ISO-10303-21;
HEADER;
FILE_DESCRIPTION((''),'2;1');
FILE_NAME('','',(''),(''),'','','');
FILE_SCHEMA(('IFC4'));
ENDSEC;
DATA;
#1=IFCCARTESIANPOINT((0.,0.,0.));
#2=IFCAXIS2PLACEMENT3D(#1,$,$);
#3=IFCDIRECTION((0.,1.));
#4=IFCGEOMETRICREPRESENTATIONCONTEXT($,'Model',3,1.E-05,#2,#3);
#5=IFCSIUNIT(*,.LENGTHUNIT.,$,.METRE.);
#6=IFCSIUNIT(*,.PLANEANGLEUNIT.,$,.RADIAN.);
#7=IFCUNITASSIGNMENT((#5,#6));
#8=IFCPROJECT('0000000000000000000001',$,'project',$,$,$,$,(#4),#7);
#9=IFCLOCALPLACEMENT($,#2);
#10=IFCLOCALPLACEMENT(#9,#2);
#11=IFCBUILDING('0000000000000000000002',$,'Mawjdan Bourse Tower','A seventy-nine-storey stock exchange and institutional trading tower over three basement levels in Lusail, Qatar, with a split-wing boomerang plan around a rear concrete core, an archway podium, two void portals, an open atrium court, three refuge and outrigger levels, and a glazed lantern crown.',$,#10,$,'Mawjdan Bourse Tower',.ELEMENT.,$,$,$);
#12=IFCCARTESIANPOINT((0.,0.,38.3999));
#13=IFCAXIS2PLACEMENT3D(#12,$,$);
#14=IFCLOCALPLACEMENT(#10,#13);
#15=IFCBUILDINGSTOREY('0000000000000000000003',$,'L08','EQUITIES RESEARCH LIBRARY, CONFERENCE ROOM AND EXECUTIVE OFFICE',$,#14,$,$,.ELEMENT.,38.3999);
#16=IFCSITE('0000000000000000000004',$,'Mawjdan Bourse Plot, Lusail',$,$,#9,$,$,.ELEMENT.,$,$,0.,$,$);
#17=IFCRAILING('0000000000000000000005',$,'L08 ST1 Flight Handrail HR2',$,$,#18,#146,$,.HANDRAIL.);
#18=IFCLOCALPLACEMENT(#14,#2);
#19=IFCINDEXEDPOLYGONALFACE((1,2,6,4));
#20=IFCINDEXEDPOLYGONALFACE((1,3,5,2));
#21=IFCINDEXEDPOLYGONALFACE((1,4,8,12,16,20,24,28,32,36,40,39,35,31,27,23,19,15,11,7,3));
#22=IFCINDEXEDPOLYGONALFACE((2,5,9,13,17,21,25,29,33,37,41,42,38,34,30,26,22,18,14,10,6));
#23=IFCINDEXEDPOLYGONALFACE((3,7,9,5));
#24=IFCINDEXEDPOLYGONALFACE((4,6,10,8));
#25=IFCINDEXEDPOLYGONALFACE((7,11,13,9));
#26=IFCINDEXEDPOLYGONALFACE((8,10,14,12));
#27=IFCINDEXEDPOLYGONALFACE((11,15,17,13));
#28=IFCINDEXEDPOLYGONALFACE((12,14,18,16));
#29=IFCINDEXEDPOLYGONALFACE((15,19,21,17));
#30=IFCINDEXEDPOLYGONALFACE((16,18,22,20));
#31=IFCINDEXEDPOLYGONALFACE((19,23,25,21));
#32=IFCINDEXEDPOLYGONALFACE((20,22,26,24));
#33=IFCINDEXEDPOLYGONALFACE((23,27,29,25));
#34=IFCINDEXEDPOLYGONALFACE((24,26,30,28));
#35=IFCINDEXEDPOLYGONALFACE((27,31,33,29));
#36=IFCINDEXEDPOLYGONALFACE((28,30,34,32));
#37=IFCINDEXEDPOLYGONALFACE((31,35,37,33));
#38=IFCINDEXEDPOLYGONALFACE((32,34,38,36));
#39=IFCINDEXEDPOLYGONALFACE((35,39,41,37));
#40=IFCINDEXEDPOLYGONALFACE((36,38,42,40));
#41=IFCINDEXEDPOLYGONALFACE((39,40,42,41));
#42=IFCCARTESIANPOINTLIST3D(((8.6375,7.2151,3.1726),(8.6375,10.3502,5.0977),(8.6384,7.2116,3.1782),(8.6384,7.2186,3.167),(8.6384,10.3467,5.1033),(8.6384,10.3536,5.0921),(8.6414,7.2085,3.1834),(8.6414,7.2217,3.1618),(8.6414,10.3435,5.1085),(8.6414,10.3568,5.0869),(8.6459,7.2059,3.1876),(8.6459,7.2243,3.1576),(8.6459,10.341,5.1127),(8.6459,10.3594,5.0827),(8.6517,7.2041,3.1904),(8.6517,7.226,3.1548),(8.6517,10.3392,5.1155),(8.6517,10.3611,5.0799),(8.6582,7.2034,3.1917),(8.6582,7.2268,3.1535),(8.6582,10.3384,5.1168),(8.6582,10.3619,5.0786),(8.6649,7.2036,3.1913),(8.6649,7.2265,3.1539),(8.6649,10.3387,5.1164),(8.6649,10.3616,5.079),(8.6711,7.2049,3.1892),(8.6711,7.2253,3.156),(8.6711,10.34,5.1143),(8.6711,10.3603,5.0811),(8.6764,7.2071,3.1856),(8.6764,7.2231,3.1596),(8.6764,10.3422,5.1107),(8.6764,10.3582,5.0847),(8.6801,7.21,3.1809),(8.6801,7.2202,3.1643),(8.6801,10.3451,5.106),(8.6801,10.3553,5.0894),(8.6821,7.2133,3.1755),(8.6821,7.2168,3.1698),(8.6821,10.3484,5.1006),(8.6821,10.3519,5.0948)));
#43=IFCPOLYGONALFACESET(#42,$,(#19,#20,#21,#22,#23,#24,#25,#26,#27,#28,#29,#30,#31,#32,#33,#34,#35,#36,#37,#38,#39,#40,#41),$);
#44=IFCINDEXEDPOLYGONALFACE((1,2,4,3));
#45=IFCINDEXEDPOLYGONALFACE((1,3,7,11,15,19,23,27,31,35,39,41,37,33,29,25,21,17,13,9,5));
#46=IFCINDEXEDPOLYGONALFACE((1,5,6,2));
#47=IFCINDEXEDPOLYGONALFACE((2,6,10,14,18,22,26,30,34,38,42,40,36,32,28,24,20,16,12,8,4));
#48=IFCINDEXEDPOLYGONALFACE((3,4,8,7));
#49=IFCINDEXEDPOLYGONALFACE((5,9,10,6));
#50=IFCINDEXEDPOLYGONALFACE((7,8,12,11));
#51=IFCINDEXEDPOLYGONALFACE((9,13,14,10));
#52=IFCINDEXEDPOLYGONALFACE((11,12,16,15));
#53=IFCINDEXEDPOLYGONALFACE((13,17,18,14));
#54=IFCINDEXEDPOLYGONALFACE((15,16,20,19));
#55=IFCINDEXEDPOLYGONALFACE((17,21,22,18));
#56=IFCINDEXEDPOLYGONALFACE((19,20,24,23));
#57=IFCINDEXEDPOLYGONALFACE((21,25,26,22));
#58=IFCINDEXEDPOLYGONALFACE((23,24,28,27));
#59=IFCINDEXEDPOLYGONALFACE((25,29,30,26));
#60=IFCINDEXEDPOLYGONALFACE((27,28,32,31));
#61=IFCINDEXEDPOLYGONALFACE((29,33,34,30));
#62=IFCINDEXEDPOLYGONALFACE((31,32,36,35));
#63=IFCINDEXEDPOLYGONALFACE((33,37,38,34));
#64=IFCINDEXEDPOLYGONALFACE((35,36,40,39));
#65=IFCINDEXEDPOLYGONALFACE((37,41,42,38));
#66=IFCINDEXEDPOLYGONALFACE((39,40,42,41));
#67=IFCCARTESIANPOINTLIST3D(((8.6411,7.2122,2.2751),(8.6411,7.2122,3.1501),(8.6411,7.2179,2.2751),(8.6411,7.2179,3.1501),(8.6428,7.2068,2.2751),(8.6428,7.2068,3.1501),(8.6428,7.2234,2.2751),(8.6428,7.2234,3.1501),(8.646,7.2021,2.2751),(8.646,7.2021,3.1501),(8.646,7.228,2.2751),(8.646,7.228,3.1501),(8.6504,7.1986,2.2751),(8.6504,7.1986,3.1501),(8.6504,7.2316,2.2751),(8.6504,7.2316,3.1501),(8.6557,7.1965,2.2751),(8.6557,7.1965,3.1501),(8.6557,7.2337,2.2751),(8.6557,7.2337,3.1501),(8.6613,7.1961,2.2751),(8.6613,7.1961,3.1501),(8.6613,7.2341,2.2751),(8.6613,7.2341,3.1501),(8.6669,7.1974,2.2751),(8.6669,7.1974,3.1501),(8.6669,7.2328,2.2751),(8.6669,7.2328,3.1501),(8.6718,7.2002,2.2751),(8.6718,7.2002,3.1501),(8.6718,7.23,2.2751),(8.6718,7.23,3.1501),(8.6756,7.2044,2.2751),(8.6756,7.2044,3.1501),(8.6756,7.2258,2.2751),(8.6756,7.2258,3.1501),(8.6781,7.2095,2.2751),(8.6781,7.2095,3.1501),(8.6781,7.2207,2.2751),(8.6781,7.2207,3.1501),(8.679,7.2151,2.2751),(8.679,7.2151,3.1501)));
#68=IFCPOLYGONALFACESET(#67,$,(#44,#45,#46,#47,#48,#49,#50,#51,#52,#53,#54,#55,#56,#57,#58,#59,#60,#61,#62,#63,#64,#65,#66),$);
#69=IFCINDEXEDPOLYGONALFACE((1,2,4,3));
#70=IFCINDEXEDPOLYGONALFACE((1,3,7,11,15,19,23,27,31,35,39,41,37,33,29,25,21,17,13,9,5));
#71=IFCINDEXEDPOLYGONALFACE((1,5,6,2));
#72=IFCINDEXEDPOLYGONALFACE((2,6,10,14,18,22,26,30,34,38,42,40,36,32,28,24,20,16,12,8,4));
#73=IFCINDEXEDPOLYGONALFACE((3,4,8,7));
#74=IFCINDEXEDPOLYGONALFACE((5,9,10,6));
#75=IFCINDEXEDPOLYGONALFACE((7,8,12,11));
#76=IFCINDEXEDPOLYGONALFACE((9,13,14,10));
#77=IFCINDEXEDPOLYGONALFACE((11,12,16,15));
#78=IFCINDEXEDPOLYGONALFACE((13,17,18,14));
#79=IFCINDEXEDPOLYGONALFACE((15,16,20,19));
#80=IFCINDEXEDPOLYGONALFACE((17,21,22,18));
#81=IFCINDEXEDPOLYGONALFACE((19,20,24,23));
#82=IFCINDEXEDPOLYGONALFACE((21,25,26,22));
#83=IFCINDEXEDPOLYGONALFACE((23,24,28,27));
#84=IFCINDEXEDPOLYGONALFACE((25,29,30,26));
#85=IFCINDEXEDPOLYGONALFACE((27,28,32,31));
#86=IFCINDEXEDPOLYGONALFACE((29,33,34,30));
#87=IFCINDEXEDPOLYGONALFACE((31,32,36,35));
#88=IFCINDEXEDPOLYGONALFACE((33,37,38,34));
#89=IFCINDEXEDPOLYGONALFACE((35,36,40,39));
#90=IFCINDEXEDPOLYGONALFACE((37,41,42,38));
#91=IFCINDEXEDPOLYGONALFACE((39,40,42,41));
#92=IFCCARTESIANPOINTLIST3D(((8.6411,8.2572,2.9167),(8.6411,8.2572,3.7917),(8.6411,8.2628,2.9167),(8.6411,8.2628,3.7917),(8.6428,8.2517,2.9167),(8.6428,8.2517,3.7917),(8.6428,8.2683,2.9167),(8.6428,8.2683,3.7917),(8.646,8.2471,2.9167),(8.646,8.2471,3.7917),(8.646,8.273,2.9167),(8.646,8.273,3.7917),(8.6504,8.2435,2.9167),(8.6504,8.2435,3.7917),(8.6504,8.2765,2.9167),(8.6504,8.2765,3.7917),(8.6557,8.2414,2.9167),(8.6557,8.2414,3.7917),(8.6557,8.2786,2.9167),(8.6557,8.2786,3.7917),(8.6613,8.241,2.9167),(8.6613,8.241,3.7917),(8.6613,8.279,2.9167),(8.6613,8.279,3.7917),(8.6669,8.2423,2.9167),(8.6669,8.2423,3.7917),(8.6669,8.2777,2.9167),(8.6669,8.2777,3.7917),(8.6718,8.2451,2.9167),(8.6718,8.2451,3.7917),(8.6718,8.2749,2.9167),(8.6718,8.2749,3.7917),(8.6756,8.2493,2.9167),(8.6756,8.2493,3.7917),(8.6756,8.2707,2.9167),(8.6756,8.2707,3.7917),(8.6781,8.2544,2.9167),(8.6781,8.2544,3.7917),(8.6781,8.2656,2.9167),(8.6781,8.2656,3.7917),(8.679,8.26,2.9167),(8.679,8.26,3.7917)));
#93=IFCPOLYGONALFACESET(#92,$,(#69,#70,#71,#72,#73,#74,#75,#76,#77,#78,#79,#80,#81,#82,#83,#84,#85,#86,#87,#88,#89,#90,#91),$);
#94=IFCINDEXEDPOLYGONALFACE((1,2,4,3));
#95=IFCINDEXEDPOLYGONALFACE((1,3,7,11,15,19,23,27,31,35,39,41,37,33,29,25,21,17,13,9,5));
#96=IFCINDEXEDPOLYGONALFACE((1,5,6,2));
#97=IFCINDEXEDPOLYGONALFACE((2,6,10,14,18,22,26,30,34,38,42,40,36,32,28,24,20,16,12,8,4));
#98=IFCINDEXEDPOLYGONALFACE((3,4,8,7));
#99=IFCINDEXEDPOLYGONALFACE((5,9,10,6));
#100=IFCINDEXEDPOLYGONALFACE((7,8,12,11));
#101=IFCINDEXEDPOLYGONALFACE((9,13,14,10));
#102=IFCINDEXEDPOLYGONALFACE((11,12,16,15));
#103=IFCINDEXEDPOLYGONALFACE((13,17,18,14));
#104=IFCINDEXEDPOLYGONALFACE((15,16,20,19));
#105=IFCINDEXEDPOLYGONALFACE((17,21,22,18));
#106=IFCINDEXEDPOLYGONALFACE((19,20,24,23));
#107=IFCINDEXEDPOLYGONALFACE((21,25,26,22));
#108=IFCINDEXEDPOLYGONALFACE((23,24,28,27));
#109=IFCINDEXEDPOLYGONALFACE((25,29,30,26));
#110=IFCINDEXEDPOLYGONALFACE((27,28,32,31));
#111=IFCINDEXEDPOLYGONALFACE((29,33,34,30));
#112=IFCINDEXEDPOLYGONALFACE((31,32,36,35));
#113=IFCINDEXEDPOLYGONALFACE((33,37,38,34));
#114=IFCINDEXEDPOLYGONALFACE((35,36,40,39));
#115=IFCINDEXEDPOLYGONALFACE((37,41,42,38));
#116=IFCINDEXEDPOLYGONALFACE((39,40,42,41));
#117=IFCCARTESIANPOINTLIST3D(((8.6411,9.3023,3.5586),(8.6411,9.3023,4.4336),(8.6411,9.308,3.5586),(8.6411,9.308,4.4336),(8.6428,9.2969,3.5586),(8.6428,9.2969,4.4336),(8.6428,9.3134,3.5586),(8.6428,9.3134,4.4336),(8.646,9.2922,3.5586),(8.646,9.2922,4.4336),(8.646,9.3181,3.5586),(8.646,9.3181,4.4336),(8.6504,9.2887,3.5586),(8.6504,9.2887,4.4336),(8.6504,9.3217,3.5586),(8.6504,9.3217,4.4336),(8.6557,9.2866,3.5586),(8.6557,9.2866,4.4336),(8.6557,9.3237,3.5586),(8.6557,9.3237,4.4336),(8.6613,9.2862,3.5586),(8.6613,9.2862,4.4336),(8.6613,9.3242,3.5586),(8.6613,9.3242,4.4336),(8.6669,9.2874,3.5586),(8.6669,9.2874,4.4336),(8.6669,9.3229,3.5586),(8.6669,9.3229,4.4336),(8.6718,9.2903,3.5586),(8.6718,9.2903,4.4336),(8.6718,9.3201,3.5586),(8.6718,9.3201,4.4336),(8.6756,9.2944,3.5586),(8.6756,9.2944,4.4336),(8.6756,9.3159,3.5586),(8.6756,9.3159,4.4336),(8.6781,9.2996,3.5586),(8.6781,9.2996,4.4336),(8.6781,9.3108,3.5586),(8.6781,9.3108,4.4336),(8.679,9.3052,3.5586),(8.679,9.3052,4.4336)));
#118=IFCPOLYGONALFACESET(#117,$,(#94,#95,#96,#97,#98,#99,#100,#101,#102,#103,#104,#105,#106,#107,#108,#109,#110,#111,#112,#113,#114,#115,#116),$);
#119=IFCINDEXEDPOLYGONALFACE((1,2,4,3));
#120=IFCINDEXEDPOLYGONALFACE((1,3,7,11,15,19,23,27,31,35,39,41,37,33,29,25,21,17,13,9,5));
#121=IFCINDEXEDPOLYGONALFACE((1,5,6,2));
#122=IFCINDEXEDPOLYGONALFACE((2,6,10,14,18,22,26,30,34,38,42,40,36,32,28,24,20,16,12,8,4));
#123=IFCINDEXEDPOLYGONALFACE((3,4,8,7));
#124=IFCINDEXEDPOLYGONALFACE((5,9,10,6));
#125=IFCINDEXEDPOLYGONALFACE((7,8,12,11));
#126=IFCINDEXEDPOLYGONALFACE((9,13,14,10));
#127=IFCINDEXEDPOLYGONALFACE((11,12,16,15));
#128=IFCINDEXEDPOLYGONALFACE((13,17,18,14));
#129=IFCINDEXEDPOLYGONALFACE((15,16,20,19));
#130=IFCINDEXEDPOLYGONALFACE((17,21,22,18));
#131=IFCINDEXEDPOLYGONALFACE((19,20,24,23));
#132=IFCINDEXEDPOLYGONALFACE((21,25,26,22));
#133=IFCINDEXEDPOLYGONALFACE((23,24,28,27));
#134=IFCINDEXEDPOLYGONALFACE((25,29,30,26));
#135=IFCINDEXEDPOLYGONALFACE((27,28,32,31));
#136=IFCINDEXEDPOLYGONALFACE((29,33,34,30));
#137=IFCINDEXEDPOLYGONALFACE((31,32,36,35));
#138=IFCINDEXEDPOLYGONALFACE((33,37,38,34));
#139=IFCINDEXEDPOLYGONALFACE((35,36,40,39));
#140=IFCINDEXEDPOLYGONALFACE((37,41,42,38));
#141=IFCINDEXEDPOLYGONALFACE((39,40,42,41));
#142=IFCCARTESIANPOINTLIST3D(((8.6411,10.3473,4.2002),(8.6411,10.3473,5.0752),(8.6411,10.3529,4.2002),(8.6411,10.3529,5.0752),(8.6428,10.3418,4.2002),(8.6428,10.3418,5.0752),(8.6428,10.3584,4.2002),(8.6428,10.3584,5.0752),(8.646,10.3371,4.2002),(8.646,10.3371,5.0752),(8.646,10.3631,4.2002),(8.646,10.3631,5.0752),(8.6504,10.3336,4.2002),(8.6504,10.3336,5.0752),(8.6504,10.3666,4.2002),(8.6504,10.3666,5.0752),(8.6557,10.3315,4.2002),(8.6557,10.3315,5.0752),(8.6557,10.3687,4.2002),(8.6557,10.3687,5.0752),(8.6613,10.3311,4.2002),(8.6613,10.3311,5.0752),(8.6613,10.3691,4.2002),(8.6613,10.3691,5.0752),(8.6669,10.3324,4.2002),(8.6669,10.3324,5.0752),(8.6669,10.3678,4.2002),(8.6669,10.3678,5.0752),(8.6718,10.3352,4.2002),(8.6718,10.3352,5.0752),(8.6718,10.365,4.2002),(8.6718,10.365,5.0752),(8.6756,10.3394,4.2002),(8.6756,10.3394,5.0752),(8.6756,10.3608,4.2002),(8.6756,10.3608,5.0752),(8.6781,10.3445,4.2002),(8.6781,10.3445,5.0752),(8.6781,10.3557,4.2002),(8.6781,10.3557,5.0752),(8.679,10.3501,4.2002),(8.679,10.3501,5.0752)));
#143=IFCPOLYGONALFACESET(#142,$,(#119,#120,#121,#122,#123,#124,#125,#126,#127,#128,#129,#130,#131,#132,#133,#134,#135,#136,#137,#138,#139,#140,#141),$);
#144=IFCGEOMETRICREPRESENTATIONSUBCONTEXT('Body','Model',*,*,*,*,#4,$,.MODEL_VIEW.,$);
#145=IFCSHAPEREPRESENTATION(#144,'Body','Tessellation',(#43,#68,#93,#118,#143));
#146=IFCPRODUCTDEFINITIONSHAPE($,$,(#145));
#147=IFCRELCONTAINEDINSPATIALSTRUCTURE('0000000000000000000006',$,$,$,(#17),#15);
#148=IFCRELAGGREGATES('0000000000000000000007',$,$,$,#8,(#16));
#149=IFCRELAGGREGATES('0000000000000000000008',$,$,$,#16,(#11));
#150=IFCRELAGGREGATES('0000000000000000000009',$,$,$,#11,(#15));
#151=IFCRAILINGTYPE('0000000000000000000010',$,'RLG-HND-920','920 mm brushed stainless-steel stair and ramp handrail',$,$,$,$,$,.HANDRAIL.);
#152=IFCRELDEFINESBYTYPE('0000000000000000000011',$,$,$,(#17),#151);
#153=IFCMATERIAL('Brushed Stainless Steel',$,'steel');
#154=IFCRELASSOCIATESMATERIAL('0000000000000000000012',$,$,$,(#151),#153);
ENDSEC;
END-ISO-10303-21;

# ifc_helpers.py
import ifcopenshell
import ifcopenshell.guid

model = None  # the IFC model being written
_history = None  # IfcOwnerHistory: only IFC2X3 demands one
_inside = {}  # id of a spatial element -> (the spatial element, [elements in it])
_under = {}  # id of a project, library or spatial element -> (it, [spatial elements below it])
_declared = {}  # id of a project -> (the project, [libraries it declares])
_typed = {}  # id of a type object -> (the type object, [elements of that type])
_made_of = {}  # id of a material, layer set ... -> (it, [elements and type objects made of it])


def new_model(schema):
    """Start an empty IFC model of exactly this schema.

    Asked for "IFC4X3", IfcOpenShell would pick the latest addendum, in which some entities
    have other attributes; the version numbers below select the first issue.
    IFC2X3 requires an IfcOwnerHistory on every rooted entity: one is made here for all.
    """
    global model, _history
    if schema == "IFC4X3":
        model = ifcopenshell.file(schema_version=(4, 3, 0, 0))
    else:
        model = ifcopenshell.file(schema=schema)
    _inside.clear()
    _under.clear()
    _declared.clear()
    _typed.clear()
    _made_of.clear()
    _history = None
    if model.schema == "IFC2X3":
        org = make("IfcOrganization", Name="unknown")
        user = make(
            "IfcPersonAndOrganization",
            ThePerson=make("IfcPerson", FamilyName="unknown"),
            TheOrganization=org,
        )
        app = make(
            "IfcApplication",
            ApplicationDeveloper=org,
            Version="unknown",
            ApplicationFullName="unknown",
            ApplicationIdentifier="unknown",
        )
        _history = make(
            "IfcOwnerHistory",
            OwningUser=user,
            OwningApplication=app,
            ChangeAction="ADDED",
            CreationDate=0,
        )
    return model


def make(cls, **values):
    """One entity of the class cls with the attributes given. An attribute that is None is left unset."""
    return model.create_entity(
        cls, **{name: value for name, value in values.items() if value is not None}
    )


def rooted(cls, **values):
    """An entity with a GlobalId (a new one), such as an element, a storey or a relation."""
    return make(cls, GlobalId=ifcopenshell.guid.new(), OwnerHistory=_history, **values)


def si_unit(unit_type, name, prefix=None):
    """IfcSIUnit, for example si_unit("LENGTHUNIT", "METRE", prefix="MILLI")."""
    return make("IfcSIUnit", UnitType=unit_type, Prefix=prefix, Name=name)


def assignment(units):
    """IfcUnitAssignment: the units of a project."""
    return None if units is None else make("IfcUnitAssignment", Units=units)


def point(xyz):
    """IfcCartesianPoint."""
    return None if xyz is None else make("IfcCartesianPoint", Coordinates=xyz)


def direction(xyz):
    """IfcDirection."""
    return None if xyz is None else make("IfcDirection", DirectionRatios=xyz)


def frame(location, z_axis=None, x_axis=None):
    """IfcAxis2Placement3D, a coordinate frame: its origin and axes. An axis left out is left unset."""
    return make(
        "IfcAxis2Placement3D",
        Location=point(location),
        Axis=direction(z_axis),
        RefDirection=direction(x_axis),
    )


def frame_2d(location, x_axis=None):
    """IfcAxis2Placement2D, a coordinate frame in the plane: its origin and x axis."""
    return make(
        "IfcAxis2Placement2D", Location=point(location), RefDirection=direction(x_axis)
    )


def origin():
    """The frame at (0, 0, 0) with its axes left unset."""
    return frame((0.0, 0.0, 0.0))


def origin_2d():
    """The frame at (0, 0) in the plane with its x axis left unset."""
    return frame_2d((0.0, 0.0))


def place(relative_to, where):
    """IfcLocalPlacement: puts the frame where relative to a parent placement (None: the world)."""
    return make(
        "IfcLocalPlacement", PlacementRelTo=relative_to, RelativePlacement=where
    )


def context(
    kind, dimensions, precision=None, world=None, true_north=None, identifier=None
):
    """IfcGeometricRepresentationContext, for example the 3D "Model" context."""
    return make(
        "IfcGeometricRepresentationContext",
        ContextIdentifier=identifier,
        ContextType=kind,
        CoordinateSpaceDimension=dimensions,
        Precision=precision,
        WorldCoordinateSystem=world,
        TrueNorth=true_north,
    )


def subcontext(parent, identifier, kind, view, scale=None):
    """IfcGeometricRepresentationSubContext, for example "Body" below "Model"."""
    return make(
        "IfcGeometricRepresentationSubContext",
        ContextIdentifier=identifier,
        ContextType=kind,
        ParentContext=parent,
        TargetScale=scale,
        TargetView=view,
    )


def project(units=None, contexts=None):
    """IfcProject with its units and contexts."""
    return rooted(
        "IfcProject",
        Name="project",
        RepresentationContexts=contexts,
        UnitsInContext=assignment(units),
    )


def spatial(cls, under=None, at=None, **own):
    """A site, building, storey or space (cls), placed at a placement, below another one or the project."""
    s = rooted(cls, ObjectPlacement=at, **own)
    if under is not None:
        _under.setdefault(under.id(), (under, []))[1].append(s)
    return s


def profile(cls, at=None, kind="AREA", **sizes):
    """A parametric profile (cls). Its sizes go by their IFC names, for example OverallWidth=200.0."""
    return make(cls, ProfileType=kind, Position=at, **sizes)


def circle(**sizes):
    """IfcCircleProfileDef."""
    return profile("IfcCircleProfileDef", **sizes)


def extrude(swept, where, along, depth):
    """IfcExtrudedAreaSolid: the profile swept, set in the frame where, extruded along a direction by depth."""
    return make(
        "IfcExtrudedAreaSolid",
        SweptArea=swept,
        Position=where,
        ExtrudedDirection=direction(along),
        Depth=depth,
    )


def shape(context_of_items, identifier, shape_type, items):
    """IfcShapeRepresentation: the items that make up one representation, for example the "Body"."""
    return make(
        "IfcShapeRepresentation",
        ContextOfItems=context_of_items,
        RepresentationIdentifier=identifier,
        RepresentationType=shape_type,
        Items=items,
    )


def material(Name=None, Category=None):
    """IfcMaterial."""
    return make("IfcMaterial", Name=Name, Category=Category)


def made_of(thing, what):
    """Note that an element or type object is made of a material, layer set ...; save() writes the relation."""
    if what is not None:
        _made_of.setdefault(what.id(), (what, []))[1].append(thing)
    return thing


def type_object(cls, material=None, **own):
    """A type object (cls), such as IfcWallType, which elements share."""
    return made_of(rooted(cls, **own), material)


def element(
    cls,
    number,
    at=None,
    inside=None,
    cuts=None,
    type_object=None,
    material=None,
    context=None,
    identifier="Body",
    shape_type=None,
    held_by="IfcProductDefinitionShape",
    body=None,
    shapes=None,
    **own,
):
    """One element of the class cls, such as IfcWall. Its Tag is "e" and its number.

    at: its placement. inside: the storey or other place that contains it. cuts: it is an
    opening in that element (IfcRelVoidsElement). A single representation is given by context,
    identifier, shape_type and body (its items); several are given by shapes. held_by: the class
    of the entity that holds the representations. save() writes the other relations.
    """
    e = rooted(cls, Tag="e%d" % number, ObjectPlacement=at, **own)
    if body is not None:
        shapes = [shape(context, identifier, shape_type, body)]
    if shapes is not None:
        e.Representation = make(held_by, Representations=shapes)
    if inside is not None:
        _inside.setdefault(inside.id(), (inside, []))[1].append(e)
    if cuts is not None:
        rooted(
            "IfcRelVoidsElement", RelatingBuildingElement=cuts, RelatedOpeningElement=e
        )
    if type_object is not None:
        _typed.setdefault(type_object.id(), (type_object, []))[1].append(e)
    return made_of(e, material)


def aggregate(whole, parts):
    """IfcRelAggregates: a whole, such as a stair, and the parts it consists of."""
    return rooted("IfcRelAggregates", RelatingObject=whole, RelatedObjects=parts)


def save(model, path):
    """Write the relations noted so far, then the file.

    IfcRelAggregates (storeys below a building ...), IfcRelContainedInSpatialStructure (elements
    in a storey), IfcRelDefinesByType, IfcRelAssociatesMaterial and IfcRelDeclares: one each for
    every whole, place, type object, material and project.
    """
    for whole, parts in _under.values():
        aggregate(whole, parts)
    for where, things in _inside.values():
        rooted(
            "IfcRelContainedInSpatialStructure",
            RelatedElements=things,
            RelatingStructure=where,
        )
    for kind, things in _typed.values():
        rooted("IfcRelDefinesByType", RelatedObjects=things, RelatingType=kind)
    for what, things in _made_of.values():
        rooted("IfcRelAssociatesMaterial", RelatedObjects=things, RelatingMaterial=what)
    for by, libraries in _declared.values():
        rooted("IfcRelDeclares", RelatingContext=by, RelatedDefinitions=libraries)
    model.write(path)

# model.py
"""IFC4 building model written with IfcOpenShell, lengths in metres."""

from ifc_helpers import new_model, si_unit, direction, frame, origin, origin_2d, place, context, subcontext, project, spatial, circle, extrude, material, type_object, element, save


model = new_model("IFC4")

# Units and contexts
model_context = context("Model", 3, precision=1e-05, world=origin(), true_north=direction((0.0, 1.0)))
body_context = subcontext(model_context, "Body", "Model", "MODEL_VIEW")
ifc_project = project(units=[si_unit("LENGTHUNIT", "METRE"), si_unit("PLANEANGLEUNIT", "RADIAN")], contexts=[model_context])

# Site, building, storey
site_placement = place(None, origin())
site = spatial("IfcSite", under=ifc_project, at=site_placement, Name="Mawjdan Bourse Plot, Lusail", CompositionType="ELEMENT", RefElevation=0.0)
building_placement = place(site_placement, origin())
building = spatial("IfcBuilding", under=site, at=building_placement, Name="Mawjdan Bourse Tower", Description="A seventy-nine-storey stock exchange and institutional trading tower over three basement levels in Lusail, Qatar, with a split-wing boomerang plan around a rear concrete core, an archway podium, two void portals, an open atrium court, three refuge and outrigger levels, and a glazed lantern crown.", LongName="Mawjdan Bourse Tower", CompositionType="ELEMENT")
storey_placement = place(building_placement, frame((0.0, 0.0, 38.3999)))
storey = spatial("IfcBuildingStorey", under=building, at=storey_placement, Name="L08", Description="EQUITIES RESEARCH LIBRARY, CONFERENCE ROOM AND EXECUTIVE OFFICE", CompositionType="ELEMENT", Elevation=38.3999)

# Shared definitions
ifc_material_1 = material(Name="Brushed Stainless Steel", Category="steel")

# Railing
railing_type = type_object("IfcRailingType", Name="RLG-HND-920", Description="920 mm brushed stainless-steel stair and ramp handrail", PredefinedType="HANDRAIL", material=ifc_material_1)
railing_1_placement = place(storey_placement, frame((8.6599, 7.2151, 2.2751)))
element("IfcRailing", 1, at=railing_1_placement, inside=storey, type_object=railing_type, Name="L08 ST1 Flight Handrail HR2", PredefinedType="HANDRAIL", context=body_context, shape_type="SweptSolid", body=[
    extrude(circle(Radius=0.0225, at=origin_2d()), frame((0.0, 0.0, 0.8975), z_axis=(0.0, 0.852166, 0.523271), x_axis=(-1.0, 0.0, 0.0)), (0.0, 0.0, 1.0), 3.679),
    extrude(circle(Radius=0.019, at=origin_2d()), origin(), (0.0, 0.0, 1.0), 0.875),
    extrude(circle(Radius=0.019, at=origin_2d()), frame((0.0, 1.0449, 0.6416)), (0.0, 0.0, 1.0), 0.875),
    extrude(circle(Radius=0.019, at=origin_2d()), frame((0.0, 2.0901, 1.2834)), (0.0, 0.0, 1.0), 0.875),
    extrude(circle(Radius=0.019, at=origin_2d()), frame((0.0, 3.135, 1.925)), (0.0, 0.0, 1.0), 0.875),
])

save(model, "model.ifc")
